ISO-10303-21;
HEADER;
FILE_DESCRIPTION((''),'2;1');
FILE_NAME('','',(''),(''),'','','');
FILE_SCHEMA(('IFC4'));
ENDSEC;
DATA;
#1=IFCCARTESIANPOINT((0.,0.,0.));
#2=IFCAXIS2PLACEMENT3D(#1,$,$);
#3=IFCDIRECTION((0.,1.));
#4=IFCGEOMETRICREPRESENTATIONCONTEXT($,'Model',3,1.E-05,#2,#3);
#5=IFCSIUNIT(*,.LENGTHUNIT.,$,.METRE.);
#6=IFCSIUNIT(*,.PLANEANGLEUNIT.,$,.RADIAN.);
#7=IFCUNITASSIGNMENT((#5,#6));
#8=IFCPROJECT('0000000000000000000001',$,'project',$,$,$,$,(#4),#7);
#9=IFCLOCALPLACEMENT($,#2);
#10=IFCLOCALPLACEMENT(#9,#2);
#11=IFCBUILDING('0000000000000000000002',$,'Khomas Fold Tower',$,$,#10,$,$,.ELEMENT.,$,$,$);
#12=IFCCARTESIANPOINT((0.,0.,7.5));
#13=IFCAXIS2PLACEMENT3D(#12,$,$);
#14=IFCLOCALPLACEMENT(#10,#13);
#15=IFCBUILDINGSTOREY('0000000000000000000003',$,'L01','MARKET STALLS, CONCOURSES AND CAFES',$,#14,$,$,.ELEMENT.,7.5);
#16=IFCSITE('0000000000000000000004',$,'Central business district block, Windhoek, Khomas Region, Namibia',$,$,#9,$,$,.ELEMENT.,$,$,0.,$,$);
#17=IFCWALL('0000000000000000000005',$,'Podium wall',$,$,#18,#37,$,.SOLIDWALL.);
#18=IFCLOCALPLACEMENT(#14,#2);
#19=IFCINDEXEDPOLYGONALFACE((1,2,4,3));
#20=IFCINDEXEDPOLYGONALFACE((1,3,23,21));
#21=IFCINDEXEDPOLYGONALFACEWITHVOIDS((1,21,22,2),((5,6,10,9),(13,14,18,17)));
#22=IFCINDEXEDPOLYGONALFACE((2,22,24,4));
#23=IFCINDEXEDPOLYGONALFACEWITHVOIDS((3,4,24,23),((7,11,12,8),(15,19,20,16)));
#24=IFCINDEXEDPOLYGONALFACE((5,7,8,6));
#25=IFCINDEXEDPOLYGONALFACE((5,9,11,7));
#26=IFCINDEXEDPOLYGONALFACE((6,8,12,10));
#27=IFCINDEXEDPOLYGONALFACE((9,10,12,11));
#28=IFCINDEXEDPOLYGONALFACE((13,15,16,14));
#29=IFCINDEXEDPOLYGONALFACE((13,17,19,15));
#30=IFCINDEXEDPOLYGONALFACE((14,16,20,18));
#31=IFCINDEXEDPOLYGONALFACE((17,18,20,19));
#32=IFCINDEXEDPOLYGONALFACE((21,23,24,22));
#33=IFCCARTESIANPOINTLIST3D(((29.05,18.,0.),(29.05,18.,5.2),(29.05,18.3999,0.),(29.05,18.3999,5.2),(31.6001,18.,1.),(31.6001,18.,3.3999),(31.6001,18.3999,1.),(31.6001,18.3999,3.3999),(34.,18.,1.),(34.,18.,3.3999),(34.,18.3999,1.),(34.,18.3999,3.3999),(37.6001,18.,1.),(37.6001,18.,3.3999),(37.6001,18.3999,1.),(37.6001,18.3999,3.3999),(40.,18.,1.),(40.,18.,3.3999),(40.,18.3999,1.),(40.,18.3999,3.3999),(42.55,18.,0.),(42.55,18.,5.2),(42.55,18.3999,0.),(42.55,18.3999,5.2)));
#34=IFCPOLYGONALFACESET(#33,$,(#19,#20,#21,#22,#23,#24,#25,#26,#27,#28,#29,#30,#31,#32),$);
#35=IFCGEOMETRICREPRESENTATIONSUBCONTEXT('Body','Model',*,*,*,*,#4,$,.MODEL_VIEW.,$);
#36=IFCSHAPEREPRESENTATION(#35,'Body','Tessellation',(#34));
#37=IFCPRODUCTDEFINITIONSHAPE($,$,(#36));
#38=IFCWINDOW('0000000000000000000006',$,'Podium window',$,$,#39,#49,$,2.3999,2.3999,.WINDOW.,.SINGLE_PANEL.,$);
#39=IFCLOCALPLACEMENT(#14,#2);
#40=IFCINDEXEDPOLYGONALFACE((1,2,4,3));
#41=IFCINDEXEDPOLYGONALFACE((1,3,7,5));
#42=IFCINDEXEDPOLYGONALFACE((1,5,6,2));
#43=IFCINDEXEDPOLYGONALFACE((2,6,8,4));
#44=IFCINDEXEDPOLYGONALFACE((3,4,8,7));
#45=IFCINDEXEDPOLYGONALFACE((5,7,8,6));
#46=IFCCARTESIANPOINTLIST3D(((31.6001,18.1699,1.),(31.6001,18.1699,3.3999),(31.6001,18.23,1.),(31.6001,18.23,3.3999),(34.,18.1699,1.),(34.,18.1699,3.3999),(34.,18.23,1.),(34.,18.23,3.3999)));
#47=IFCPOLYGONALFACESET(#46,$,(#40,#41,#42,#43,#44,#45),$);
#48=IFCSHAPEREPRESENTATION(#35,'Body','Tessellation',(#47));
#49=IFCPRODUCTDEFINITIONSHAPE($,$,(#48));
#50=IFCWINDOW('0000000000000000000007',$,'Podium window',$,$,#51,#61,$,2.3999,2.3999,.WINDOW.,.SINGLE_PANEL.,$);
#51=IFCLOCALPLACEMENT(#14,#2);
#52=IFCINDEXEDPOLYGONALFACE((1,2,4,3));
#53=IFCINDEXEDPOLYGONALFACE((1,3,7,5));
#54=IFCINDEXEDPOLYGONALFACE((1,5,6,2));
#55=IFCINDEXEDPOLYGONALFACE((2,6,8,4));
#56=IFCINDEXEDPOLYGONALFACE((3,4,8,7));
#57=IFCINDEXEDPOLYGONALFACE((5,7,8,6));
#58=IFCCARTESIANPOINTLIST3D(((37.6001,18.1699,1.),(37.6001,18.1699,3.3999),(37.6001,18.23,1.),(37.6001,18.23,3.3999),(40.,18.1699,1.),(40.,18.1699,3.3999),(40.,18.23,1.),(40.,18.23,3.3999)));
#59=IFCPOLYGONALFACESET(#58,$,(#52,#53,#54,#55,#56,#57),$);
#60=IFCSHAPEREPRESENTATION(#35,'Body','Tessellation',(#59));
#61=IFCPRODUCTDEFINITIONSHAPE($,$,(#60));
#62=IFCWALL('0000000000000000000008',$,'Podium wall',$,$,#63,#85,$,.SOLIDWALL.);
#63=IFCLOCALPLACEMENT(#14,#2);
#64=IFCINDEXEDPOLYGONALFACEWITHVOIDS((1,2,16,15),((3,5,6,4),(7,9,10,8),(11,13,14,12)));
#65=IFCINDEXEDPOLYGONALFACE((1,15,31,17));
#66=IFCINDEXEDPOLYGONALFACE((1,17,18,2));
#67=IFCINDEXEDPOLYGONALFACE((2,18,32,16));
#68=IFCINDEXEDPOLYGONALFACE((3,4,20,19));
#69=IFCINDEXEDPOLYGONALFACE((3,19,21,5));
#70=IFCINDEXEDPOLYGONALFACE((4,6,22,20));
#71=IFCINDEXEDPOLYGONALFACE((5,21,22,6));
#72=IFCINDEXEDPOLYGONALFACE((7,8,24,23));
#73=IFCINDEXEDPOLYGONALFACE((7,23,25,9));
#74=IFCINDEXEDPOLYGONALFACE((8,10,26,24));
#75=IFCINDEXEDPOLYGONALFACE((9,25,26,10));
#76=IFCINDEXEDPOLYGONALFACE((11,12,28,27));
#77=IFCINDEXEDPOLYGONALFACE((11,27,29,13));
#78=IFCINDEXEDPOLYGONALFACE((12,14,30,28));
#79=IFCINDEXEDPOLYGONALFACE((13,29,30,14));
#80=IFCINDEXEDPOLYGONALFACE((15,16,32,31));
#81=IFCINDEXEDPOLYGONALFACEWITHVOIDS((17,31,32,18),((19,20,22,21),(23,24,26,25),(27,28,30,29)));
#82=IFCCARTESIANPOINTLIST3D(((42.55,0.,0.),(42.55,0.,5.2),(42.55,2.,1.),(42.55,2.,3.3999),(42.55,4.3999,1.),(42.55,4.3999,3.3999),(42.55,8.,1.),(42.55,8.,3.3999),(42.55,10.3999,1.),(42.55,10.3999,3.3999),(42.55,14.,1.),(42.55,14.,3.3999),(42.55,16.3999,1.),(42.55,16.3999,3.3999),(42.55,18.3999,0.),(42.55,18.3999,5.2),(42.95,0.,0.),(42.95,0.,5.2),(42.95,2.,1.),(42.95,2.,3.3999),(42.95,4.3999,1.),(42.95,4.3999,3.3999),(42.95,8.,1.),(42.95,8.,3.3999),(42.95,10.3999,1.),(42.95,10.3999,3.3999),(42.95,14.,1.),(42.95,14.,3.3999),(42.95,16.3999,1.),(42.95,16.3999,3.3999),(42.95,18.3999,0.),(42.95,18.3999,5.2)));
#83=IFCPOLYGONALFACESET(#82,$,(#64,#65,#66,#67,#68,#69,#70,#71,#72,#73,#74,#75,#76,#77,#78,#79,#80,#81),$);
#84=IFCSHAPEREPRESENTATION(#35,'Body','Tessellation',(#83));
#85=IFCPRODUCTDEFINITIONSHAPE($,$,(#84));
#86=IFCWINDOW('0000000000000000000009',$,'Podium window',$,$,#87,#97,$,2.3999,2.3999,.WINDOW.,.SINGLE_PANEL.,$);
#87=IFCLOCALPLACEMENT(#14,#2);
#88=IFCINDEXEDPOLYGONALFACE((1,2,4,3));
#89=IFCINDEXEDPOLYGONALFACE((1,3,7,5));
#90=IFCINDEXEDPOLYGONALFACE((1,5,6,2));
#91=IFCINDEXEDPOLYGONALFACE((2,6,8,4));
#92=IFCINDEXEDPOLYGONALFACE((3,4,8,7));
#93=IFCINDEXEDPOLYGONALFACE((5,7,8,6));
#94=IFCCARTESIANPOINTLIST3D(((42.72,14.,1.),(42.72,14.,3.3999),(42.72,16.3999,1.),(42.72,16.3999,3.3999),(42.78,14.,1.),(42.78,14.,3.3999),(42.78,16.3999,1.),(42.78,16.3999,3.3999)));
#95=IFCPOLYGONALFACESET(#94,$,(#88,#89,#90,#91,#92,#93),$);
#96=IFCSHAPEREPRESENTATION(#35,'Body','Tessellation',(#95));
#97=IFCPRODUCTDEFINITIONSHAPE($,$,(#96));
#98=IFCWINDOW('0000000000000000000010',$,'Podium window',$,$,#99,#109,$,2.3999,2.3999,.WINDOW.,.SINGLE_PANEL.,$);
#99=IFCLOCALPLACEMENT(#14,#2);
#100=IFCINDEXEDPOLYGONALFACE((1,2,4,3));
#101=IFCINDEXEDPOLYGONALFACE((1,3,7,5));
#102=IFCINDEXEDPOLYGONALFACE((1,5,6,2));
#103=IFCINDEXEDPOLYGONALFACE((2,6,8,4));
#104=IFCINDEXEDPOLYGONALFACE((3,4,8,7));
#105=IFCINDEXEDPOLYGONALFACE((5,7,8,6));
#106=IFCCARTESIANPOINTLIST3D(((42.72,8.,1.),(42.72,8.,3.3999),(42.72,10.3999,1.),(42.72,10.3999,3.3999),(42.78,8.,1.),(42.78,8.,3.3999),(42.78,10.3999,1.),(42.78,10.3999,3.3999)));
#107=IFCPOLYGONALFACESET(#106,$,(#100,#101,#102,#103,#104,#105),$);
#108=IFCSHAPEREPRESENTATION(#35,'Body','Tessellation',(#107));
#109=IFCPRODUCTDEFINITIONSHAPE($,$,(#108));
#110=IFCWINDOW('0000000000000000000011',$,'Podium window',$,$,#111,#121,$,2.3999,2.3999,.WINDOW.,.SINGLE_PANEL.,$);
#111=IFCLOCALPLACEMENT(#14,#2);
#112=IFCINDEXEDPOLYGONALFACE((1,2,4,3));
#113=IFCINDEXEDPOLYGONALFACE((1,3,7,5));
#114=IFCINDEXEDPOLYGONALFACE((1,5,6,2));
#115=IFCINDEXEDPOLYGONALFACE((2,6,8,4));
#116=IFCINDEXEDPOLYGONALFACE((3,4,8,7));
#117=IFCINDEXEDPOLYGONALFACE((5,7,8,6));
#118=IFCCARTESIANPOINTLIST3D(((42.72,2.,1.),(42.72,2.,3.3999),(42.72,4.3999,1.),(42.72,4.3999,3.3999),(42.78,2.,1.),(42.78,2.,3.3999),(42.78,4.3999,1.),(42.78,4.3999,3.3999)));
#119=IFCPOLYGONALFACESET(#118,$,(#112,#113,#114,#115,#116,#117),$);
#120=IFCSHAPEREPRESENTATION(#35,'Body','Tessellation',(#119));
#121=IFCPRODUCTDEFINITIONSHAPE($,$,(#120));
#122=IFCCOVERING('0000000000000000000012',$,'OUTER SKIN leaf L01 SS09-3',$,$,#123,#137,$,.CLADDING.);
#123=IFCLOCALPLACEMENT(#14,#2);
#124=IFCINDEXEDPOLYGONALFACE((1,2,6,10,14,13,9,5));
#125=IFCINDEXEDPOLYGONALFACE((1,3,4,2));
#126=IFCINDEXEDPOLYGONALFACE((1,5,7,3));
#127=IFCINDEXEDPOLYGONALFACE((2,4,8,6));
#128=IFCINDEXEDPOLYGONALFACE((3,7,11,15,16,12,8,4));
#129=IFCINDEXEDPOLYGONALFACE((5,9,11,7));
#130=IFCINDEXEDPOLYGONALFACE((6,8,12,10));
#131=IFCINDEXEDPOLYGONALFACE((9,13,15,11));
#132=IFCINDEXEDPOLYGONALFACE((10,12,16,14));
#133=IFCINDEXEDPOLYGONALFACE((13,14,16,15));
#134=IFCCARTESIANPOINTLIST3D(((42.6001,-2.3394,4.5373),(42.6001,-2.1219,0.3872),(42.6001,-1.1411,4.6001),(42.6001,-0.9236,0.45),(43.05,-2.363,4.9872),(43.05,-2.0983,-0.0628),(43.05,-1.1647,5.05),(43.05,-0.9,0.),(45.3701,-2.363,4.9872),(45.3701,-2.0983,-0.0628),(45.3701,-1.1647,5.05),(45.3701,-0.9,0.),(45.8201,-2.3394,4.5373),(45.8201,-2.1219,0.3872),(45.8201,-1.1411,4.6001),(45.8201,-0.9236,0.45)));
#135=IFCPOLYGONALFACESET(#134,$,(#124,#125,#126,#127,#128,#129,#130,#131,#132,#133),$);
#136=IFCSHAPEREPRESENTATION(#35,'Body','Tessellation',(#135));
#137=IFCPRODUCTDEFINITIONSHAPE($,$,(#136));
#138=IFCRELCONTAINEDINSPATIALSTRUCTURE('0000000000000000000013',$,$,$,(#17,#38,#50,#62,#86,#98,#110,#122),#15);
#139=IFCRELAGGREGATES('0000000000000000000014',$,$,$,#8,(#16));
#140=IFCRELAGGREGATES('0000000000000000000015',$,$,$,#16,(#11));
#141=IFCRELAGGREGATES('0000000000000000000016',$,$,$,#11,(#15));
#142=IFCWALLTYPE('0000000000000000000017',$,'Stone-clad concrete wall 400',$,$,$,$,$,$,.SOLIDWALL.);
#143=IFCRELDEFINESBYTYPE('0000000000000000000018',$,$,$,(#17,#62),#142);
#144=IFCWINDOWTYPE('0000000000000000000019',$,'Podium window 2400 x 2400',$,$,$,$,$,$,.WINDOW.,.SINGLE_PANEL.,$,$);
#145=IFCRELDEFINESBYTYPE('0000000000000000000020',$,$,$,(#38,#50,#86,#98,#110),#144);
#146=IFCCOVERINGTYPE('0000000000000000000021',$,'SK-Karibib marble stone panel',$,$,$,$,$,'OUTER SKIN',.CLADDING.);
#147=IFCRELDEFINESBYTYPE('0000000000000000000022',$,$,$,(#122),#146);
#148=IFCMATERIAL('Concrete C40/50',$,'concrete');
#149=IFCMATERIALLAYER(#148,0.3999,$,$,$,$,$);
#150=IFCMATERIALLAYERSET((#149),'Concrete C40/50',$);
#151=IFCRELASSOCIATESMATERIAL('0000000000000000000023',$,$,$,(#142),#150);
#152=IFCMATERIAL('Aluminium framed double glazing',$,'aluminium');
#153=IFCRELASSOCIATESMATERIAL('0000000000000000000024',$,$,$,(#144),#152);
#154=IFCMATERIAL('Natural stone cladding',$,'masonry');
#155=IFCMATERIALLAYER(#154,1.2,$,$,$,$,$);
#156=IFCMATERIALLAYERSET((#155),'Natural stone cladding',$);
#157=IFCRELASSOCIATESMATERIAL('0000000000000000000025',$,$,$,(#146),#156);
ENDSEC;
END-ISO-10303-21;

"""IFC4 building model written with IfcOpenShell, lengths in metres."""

from ifc_helpers import new_model, si_unit, direction, frame, frame_2d, origin, place, context, subcontext, project, spatial, polyline, rectangle, outline, extrude, source, transform, mapped, material, layer, layer_set, type_object, element, fill, save


model = new_model("IFC4")

# Units and contexts
model_context = context("Model", 3, precision=1e-05, world=origin(), true_north=direction((0.0, 1.0)))
body_context = subcontext(model_context, "Body", "Model", "MODEL_VIEW")
ifc_project = project(units=[si_unit("LENGTHUNIT", "METRE"), si_unit("PLANEANGLEUNIT", "RADIAN")], contexts=[model_context])

# Site, building, storey
site_placement = place(None, origin())
site = spatial("IfcSite", under=ifc_project, at=site_placement, Name="Central business district block, Windhoek, Khomas Region, Namibia", CompositionType="ELEMENT", RefElevation=0.0)
building_placement = place(site_placement, origin())
building = spatial("IfcBuilding", under=site, at=building_placement, Name="Khomas Fold Tower", CompositionType="ELEMENT")
storey_placement = place(building_placement, frame((0.0, 0.0, 7.5)))
storey = spatial("IfcBuildingStorey", under=building, at=storey_placement, Name="L01", Description="MARKET STALLS, CONCOURSES AND CAFES", CompositionType="ELEMENT", Elevation=7.5)

# Walls, openings, windows
ifc_material_1 = material(Name="Concrete C40/50", Category="concrete")
ifc_layer_1 = layer(ifc_material_1, 0.3999)
ifc_layer_set_1 = layer_set([ifc_layer_1], Name="Concrete C40/50")
wall_type = type_object("IfcWallType", Name="Stone-clad concrete wall 400", PredefinedType="SOLIDWALL", material=ifc_layer_set_1)
shared_shape_1 = source(origin(), body_context, "Body", "SweptSolid", [
    extrude(rectangle(XDim=2.3999, YDim=2.3999, at=frame_2d((1.2, 1.2))), frame((0.0, 0.21, 0.0), z_axis=(0.0, -1.0, 0.0), x_axis=(1.0, 0.0, 0.0)), (0.0, 0.0, 1.0), 0.4199),
])
ifc_material_2 = material(Name="Aluminium framed double glazing", Category="aluminium")
window_type = type_object("IfcWindowType", Name="Podium window 2400 x 2400", PartitioningType="SINGLE_PANEL", PredefinedType="WINDOW", material=ifc_material_2)
shared_shape_2 = source(origin(), body_context, "Body", "SweptSolid", [
    extrude(rectangle(XDim=2.3999, YDim=2.3999, at=frame_2d((1.2, 1.2))), frame((0.0, 0.03, 0.0), z_axis=(0.0, -1.0, 0.0), x_axis=(1.0, 0.0, 0.0)), (0.0, 0.0, 1.0), 0.0601),
])
shared_shape_3 = source(origin(), body_context, "Body", "SweptSolid", [
    extrude(rectangle(XDim=13.5, YDim=0.3999, at=frame_2d((6.75, 0.0))), origin(), (0.0, 0.0, 1.0), 5.2),
])
wall_1_placement = place(storey_placement, frame((29.05, 18.2, 0.0), z_axis=(0.0, 0.0, 1.0), x_axis=(1.0, 0.0, 0.0)))
wall_1 = element("IfcWall", 1, at=wall_1_placement, inside=storey, type_object=wall_type, Name="Podium wall", PredefinedType="SOLIDWALL", context=body_context, shape_type="MappedRepresentation", body=[
    mapped(shared_shape_3, transform((0.0, 0.0, 0.0))),
])
opening_1_placement = place(wall_1_placement, frame((2.55, 0.0, 1.0)))
opening_1 = element("IfcOpeningElement", 2, at=opening_1_placement, cuts=wall_1, PredefinedType="OPENING", context=body_context, shape_type="MappedRepresentation", body=[
    mapped(shared_shape_1, transform((0.0, 0.0, 0.0))),
])
opening_2_placement = place(wall_1_placement, frame((8.55, 0.0, 1.0)))
opening_2 = element("IfcOpeningElement", 3, at=opening_2_placement, cuts=wall_1, PredefinedType="OPENING", context=body_context, shape_type="MappedRepresentation", body=[
    mapped(shared_shape_1, transform((0.0, 0.0, 0.0))),
])
window_1_placement = place(opening_1_placement, origin())
window_1 = element("IfcWindow", 4, at=window_1_placement, inside=storey, type_object=window_type, Name="Podium window", OverallHeight=2.3999, OverallWidth=2.3999, PartitioningType="SINGLE_PANEL", PredefinedType="WINDOW", context=body_context, shape_type="MappedRepresentation", body=[
    mapped(shared_shape_2, transform((0.0, 0.0, 0.0))),
])
fill(opening_1, window_1)
window_2_placement = place(opening_2_placement, origin())
window_2 = element("IfcWindow", 5, at=window_2_placement, inside=storey, type_object=window_type, Name="Podium window", OverallHeight=2.3999, OverallWidth=2.3999, PartitioningType="SINGLE_PANEL", PredefinedType="WINDOW", context=body_context, shape_type="MappedRepresentation", body=[
    mapped(shared_shape_2, transform((0.0, 0.0, 0.0))),
])
fill(opening_2, window_2)
shared_shape_4 = source(origin(), body_context, "Body", "SweptSolid", [
    extrude(rectangle(XDim=18.3999, YDim=0.3999, at=frame_2d((9.2, 0.0))), origin(), (0.0, 0.0, 1.0), 5.2),
])
wall_2_placement = place(storey_placement, frame((42.75, 18.3999, 0.0), z_axis=(0.0, 0.0, 1.0), x_axis=(0.0, -1.0, 0.0)))
wall_2 = element("IfcWall", 6, at=wall_2_placement, inside=storey, type_object=wall_type, Name="Podium wall", PredefinedType="SOLIDWALL", context=body_context, shape_type="MappedRepresentation", body=[
    mapped(shared_shape_4, transform((0.0, 0.0, 0.0))),
])
opening_3_placement = place(wall_2_placement, frame((2.0, 0.0, 1.0)))
opening_3 = element("IfcOpeningElement", 7, at=opening_3_placement, cuts=wall_2, PredefinedType="OPENING", context=body_context, shape_type="MappedRepresentation", body=[
    mapped(shared_shape_1, transform((0.0, 0.0, 0.0))),
])
opening_4_placement = place(wall_2_placement, frame((8.0, 0.0, 1.0)))
opening_4 = element("IfcOpeningElement", 8, at=opening_4_placement, cuts=wall_2, PredefinedType="OPENING", context=body_context, shape_type="MappedRepresentation", body=[
    mapped(shared_shape_1, transform((0.0, 0.0, 0.0))),
])
opening_5_placement = place(wall_2_placement, frame((14.0, 0.0, 1.0)))
opening_5 = element("IfcOpeningElement", 9, at=opening_5_placement, cuts=wall_2, PredefinedType="OPENING", context=body_context, shape_type="MappedRepresentation", body=[
    mapped(shared_shape_1, transform((0.0, 0.0, 0.0))),
])
window_3_placement = place(opening_3_placement, origin())
window_3 = element("IfcWindow", 10, at=window_3_placement, inside=storey, type_object=window_type, Name="Podium window", OverallHeight=2.3999, OverallWidth=2.3999, PartitioningType="SINGLE_PANEL", PredefinedType="WINDOW", context=body_context, shape_type="MappedRepresentation", body=[
    mapped(shared_shape_2, transform((0.0, 0.0, 0.0))),
])
fill(opening_3, window_3)
window_4_placement = place(opening_4_placement, origin())
window_4 = element("IfcWindow", 11, at=window_4_placement, inside=storey, type_object=window_type, Name="Podium window", OverallHeight=2.3999, OverallWidth=2.3999, PartitioningType="SINGLE_PANEL", PredefinedType="WINDOW", context=body_context, shape_type="MappedRepresentation", body=[
    mapped(shared_shape_2, transform((0.0, 0.0, 0.0))),
])
fill(opening_4, window_4)
window_5_placement = place(opening_5_placement, origin())
window_5 = element("IfcWindow", 12, at=window_5_placement, inside=storey, type_object=window_type, Name="Podium window", OverallHeight=2.3999, OverallWidth=2.3999, PartitioningType="SINGLE_PANEL", PredefinedType="WINDOW", context=body_context, shape_type="MappedRepresentation", body=[
    mapped(shared_shape_2, transform((0.0, 0.0, 0.0))),
])
fill(opening_5, window_5)

# Covering
ifc_material_3 = material(Name="Natural stone cladding", Category="masonry")
ifc_layer_2 = layer(ifc_material_3, 1.2)
ifc_layer_set_2 = layer_set([ifc_layer_2], Name="Natural stone cladding")
covering_type = type_object("IfcCoveringType", Name="SK-Karibib marble stone panel", ElementType="OUTER SKIN", PredefinedType="CLADDING", material=ifc_layer_set_2)
covering_placement = place(storey_placement, frame((42.6001, -0.9236, 0.45), z_axis=(0.0, 0.99863, 0.052334), x_axis=(0.0, -0.052334, 0.99863)))
element("IfcCovering", 13, at=covering_placement, inside=storey, type_object=covering_type, Name="OUTER SKIN leaf L01 SS09-3", PredefinedType="CLADDING", context=body_context, shape_type="SweptSolid", body=[
    extrude(outline(polyline([(0.0, 0.0), (4.1558, 0.0), (4.6064, 0.45), (4.6064, 2.77), (4.1558, 3.22), (0.0, 3.22), (-0.4506, 2.77), (-0.4506, 0.45), (0.0, 0.0)])), origin(), (0.0, 0.0, -1.0), 1.2),
])

save(model, "model.ifc")
